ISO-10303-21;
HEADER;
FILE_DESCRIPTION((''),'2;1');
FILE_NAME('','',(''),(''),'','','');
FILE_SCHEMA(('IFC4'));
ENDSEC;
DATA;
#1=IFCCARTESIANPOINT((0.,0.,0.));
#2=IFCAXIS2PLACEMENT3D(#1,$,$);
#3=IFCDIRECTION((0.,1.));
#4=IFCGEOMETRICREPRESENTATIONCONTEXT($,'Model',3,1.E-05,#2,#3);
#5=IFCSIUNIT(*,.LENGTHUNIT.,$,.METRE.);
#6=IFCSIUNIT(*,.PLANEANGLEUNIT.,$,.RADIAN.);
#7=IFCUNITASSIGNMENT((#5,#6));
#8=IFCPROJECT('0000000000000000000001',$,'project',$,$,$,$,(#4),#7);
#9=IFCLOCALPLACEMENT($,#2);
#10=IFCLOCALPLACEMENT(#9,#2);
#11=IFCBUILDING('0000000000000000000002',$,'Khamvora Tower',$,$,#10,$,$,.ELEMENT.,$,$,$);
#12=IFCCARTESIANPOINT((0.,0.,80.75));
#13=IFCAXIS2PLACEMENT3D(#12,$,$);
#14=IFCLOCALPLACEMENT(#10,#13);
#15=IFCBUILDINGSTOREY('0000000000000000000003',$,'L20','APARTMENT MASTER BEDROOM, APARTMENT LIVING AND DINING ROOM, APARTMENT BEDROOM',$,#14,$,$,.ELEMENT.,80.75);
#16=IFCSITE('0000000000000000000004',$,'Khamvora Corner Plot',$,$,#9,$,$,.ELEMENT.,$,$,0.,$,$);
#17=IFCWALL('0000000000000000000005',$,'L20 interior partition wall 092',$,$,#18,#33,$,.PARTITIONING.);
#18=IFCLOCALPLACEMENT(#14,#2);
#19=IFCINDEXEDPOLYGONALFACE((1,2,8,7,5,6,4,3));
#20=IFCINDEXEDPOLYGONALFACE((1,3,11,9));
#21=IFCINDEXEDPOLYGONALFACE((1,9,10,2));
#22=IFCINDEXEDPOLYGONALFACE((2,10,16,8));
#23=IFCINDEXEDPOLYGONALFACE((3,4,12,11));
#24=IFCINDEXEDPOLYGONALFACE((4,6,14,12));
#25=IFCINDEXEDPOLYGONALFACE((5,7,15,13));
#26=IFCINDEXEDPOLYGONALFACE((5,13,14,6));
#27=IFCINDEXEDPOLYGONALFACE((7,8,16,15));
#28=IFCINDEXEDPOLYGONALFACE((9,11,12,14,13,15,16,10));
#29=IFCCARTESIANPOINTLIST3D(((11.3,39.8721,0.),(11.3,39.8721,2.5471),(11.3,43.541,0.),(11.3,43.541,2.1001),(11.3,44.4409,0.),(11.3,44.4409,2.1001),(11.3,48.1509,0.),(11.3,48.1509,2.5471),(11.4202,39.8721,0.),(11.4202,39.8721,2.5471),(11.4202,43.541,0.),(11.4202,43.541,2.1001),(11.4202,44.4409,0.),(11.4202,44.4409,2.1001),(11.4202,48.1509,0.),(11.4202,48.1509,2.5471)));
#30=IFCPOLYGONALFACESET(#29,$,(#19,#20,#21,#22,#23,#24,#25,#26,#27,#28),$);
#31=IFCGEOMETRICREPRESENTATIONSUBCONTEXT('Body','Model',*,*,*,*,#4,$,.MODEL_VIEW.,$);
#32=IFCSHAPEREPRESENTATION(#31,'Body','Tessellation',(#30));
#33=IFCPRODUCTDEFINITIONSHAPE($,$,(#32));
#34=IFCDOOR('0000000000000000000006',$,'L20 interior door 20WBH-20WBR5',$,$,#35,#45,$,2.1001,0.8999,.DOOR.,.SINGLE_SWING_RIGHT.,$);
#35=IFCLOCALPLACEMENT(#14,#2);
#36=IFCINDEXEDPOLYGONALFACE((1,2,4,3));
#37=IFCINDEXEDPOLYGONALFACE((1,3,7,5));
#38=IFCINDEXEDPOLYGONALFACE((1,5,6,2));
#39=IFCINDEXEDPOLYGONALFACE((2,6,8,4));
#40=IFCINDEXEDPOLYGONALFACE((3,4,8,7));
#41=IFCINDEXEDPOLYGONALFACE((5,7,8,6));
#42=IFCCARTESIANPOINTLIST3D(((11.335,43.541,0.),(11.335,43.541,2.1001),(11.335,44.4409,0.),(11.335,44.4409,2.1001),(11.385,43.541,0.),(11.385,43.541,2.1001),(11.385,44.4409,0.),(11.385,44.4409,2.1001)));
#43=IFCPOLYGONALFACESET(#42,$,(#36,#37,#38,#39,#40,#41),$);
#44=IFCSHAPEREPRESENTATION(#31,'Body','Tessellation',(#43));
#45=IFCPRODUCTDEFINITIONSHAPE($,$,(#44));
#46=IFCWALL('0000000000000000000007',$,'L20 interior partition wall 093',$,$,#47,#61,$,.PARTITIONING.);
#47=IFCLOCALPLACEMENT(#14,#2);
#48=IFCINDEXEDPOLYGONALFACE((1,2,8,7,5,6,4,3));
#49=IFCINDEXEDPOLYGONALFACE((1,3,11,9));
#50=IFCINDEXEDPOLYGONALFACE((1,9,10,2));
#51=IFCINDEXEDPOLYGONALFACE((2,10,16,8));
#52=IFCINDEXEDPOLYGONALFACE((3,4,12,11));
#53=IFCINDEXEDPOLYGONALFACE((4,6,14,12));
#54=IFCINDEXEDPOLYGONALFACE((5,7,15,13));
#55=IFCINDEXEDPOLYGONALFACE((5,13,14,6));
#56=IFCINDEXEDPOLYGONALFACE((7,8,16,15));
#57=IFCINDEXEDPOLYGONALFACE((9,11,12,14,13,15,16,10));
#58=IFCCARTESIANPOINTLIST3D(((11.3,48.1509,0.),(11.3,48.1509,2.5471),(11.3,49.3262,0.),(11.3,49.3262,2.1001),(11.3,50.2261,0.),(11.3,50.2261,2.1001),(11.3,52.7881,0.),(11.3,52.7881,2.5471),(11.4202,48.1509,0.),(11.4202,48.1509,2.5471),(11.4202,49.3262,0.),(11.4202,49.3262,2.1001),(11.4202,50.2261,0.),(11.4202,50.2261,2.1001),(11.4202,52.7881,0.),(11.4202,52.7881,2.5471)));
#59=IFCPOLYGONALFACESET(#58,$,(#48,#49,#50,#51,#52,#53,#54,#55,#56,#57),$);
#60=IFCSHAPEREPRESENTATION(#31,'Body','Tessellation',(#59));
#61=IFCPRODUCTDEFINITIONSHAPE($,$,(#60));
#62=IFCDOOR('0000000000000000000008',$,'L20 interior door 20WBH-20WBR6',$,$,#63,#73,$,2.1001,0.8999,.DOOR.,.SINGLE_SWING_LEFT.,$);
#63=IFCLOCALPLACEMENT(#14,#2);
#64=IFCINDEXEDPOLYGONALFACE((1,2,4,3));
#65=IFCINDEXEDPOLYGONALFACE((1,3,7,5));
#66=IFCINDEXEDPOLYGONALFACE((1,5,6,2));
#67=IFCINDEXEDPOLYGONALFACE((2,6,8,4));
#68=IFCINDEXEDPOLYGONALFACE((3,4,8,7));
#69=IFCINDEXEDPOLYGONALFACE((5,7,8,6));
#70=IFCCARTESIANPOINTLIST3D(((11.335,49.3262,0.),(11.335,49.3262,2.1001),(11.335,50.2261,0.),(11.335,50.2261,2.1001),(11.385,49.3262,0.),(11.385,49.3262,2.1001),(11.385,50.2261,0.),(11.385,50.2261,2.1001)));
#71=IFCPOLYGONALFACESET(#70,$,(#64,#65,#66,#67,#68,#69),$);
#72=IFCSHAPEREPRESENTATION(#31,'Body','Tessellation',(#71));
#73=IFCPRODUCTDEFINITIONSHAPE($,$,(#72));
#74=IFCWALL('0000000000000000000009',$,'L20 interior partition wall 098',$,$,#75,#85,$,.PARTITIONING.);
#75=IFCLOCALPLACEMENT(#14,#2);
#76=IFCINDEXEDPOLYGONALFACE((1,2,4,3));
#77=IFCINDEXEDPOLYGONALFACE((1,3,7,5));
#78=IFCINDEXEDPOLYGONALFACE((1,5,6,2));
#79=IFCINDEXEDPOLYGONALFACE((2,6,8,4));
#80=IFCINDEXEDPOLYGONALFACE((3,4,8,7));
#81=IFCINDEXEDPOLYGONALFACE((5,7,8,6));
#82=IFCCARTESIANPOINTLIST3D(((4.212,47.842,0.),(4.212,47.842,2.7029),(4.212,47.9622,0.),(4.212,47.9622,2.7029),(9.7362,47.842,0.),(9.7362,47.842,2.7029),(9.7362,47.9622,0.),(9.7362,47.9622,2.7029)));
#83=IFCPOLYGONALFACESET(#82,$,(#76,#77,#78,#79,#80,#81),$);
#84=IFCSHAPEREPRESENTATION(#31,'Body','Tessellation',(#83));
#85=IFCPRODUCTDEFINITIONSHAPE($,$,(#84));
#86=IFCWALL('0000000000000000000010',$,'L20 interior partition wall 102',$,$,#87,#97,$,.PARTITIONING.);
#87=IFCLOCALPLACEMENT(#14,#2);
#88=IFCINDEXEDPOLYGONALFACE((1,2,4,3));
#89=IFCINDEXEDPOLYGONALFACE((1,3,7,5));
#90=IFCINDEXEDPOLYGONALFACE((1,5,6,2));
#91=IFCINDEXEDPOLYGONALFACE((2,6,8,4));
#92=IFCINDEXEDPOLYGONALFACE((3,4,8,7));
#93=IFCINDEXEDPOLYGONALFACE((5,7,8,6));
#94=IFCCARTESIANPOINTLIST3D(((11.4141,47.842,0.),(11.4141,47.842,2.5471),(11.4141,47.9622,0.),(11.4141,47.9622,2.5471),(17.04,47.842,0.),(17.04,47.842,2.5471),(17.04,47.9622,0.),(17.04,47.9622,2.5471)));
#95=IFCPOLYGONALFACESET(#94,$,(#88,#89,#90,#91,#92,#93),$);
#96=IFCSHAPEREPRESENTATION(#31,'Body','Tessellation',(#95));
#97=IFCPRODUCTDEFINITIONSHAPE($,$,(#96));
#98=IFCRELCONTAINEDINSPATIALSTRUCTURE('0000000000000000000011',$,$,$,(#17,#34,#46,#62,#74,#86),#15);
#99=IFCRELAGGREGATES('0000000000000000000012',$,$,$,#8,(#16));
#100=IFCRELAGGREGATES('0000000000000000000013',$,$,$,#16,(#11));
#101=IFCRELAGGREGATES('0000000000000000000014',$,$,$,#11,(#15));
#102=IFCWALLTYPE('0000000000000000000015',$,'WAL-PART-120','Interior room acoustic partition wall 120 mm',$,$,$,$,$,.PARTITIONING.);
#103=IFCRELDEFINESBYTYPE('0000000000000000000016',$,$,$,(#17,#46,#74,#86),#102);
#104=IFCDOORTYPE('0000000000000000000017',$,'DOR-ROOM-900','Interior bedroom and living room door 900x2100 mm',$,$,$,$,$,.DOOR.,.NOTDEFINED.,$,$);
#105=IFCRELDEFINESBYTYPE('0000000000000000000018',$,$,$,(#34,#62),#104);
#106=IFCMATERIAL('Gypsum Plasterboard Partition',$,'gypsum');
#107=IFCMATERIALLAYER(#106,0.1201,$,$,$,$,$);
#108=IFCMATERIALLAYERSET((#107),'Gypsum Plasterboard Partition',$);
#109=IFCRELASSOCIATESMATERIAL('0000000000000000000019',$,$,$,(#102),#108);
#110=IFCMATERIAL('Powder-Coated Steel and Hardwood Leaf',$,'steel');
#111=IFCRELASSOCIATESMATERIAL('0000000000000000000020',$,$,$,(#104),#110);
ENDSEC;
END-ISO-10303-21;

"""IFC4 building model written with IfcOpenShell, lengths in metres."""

from ifc_helpers import new_model, si_unit, direction, frame, frame_2d, origin, place, context, subcontext, project, spatial, rectangle, extrude, material, layer, layer_set, type_object, element, fill, save


model = new_model("IFC4")

# Units and contexts
model_context = context("Model", 3, precision=1e-05, world=origin(), true_north=direction((0.0, 1.0)))
body_context = subcontext(model_context, "Body", "Model", "MODEL_VIEW")
ifc_project = project(units=[si_unit("LENGTHUNIT", "METRE"), si_unit("PLANEANGLEUNIT", "RADIAN")], contexts=[model_context])

# Site, building, storey
site_placement = place(None, origin())
site = spatial("IfcSite", under=ifc_project, at=site_placement, Name="Khamvora Corner Plot", CompositionType="ELEMENT", RefElevation=0.0)
building_placement = place(site_placement, origin())
building = spatial("IfcBuilding", under=site, at=building_placement, Name="Khamvora Tower", CompositionType="ELEMENT")
storey_placement = place(building_placement, frame((0.0, 0.0, 80.75)))
storey = spatial("IfcBuildingStorey", under=building, at=storey_placement, Name="L20", Description="APARTMENT MASTER BEDROOM, APARTMENT LIVING AND DINING ROOM, APARTMENT BEDROOM", CompositionType="ELEMENT", Elevation=80.75)

# Walls, openings, doors
ifc_material_1 = material(Name="Gypsum Plasterboard Partition", Category="gypsum")
ifc_layer_1 = layer(ifc_material_1, 0.1201)
ifc_layer_set_1 = layer_set([ifc_layer_1], Name="Gypsum Plasterboard Partition")
wall_type_1 = type_object("IfcWallType", Name="WAL-PART-120", Description="Interior room acoustic partition wall 120 mm", PredefinedType="PARTITIONING", material=ifc_layer_set_1)
ifc_material_2 = material(Name="Powder-Coated Steel and Hardwood Leaf", Category="steel")
door_type = type_object("IfcDoorType", Name="DOR-ROOM-900", Description="Interior bedroom and living room door 900x2100 mm", OperationType="NOTDEFINED", PredefinedType="DOOR", material=ifc_material_2)
wall_1_placement = place(storey_placement, frame((11.3601, 48.1509, 0.0), z_axis=(0.0, 0.0, 1.0), x_axis=(0.0, -1.0, 0.0)))
wall_1 = element("IfcWall", 1, at=wall_1_placement, inside=storey, type_object=wall_type_1, Name="L20 interior partition wall 092", PredefinedType="PARTITIONING", context=body_context, shape_type="SweptSolid", body=[
    extrude(rectangle(XDim=8.2788, YDim=0.1201, at=frame_2d((4.1394, 0.0))), origin(), (0.0, 0.0, 1.0), 2.5471),
])
opening_1_placement = place(wall_1_placement, frame((3.71, 0.0, 0.0)))
opening_1 = element("IfcOpeningElement", 2, at=opening_1_placement, cuts=wall_1, PredefinedType="OPENING", context=body_context, shape_type="SweptSolid", body=[
    extrude(rectangle(XDim=0.8999, YDim=2.1001, at=frame_2d((0.45, 1.05))), frame((0.0, 0.0701, 0.0), z_axis=(0.0, -1.0, 0.0), x_axis=(1.0, 0.0, 0.0)), (0.0, 0.0, 1.0), 0.1401),
])
door_1_placement = place(opening_1_placement, origin())
door_1 = element("IfcDoor", 3, at=door_1_placement, inside=storey, type_object=door_type, Name="L20 interior door 20WBH-20WBR5", OperationType="SINGLE_SWING_RIGHT", OverallHeight=2.1001, OverallWidth=0.8999, PredefinedType="DOOR", context=body_context, shape_type="SweptSolid", body=[
    extrude(rectangle(XDim=0.8999, YDim=2.1001, at=frame_2d((0.45, 1.05))), frame((0.0, 0.0249, 0.0), z_axis=(0.0, -1.0, 0.0), x_axis=(1.0, 0.0, 0.0)), (0.0, 0.0, 1.0), 0.05),
])
fill(opening_1, door_1)
wall_2_placement = place(storey_placement, frame((11.3601, 52.7881, 0.0), z_axis=(0.0, 0.0, 1.0), x_axis=(0.0, -1.0, 0.0)))
wall_2 = element("IfcWall", 4, at=wall_2_placement, inside=storey, type_object=wall_type_1, Name="L20 interior partition wall 093", PredefinedType="PARTITIONING", context=body_context, shape_type="SweptSolid", body=[
    extrude(rectangle(XDim=4.6372, YDim=0.1201, at=frame_2d((2.3186, 0.0))), origin(), (0.0, 0.0, 1.0), 2.5471),
])
opening_2_placement = place(wall_2_placement, frame((2.562, 0.0, 0.0)))
opening_2 = element("IfcOpeningElement", 5, at=opening_2_placement, cuts=wall_2, PredefinedType="OPENING", context=body_context, shape_type="SweptSolid", body=[
    extrude(rectangle(XDim=0.8999, YDim=2.1001, at=frame_2d((0.45, 1.05))), frame((0.0, 0.0701, 0.0), z_axis=(0.0, -1.0, 0.0), x_axis=(1.0, 0.0, 0.0)), (0.0, 0.0, 1.0), 0.1401),
])
door_2_placement = place(opening_2_placement, origin())
door_2 = element("IfcDoor", 6, at=door_2_placement, inside=storey, type_object=door_type, Name="L20 interior door 20WBH-20WBR6", OperationType="SINGLE_SWING_LEFT", OverallHeight=2.1001, OverallWidth=0.8999, PredefinedType="DOOR", context=body_context, shape_type="SweptSolid", body=[
    extrude(rectangle(XDim=0.8999, YDim=2.1001, at=frame_2d((0.45, 1.05))), frame((0.0, 0.0249, 0.0), z_axis=(0.0, -1.0, 0.0), x_axis=(1.0, 0.0, 0.0)), (0.0, 0.0, 1.0), 0.05),
])
fill(opening_2, door_2)

# Walls
wall_3_placement = place(storey_placement, frame((4.2119, 47.9021, 0.0), z_axis=(0.0, 0.0, 1.0), x_axis=(1.0, 0.0, 0.0)))
element("IfcWall", 7, at=wall_3_placement, inside=storey, type_object=wall_type_1, Name="L20 interior partition wall 098", PredefinedType="PARTITIONING", context=body_context, shape_type="SweptSolid", body=[
    extrude(rectangle(XDim=5.5242, YDim=0.1201, at=frame_2d((2.7622, 0.0))), origin(), (0.0, 0.0, 1.0), 2.7029),
])
wall_4_placement = place(storey_placement, frame((11.4141, 47.9021, 0.0), z_axis=(0.0, 0.0, 1.0), x_axis=(1.0, 0.0, 0.0)))
element("IfcWall", 8, at=wall_4_placement, inside=storey, type_object=wall_type_1, Name="L20 interior partition wall 102", PredefinedType="PARTITIONING", context=body_context, shape_type="SweptSolid", body=[
    extrude(rectangle(XDim=5.626, YDim=0.1201, at=frame_2d((2.813, 0.0))), origin(), (0.0, 0.0, 1.0), 2.5471),
])

save(model, "model.ifc")
